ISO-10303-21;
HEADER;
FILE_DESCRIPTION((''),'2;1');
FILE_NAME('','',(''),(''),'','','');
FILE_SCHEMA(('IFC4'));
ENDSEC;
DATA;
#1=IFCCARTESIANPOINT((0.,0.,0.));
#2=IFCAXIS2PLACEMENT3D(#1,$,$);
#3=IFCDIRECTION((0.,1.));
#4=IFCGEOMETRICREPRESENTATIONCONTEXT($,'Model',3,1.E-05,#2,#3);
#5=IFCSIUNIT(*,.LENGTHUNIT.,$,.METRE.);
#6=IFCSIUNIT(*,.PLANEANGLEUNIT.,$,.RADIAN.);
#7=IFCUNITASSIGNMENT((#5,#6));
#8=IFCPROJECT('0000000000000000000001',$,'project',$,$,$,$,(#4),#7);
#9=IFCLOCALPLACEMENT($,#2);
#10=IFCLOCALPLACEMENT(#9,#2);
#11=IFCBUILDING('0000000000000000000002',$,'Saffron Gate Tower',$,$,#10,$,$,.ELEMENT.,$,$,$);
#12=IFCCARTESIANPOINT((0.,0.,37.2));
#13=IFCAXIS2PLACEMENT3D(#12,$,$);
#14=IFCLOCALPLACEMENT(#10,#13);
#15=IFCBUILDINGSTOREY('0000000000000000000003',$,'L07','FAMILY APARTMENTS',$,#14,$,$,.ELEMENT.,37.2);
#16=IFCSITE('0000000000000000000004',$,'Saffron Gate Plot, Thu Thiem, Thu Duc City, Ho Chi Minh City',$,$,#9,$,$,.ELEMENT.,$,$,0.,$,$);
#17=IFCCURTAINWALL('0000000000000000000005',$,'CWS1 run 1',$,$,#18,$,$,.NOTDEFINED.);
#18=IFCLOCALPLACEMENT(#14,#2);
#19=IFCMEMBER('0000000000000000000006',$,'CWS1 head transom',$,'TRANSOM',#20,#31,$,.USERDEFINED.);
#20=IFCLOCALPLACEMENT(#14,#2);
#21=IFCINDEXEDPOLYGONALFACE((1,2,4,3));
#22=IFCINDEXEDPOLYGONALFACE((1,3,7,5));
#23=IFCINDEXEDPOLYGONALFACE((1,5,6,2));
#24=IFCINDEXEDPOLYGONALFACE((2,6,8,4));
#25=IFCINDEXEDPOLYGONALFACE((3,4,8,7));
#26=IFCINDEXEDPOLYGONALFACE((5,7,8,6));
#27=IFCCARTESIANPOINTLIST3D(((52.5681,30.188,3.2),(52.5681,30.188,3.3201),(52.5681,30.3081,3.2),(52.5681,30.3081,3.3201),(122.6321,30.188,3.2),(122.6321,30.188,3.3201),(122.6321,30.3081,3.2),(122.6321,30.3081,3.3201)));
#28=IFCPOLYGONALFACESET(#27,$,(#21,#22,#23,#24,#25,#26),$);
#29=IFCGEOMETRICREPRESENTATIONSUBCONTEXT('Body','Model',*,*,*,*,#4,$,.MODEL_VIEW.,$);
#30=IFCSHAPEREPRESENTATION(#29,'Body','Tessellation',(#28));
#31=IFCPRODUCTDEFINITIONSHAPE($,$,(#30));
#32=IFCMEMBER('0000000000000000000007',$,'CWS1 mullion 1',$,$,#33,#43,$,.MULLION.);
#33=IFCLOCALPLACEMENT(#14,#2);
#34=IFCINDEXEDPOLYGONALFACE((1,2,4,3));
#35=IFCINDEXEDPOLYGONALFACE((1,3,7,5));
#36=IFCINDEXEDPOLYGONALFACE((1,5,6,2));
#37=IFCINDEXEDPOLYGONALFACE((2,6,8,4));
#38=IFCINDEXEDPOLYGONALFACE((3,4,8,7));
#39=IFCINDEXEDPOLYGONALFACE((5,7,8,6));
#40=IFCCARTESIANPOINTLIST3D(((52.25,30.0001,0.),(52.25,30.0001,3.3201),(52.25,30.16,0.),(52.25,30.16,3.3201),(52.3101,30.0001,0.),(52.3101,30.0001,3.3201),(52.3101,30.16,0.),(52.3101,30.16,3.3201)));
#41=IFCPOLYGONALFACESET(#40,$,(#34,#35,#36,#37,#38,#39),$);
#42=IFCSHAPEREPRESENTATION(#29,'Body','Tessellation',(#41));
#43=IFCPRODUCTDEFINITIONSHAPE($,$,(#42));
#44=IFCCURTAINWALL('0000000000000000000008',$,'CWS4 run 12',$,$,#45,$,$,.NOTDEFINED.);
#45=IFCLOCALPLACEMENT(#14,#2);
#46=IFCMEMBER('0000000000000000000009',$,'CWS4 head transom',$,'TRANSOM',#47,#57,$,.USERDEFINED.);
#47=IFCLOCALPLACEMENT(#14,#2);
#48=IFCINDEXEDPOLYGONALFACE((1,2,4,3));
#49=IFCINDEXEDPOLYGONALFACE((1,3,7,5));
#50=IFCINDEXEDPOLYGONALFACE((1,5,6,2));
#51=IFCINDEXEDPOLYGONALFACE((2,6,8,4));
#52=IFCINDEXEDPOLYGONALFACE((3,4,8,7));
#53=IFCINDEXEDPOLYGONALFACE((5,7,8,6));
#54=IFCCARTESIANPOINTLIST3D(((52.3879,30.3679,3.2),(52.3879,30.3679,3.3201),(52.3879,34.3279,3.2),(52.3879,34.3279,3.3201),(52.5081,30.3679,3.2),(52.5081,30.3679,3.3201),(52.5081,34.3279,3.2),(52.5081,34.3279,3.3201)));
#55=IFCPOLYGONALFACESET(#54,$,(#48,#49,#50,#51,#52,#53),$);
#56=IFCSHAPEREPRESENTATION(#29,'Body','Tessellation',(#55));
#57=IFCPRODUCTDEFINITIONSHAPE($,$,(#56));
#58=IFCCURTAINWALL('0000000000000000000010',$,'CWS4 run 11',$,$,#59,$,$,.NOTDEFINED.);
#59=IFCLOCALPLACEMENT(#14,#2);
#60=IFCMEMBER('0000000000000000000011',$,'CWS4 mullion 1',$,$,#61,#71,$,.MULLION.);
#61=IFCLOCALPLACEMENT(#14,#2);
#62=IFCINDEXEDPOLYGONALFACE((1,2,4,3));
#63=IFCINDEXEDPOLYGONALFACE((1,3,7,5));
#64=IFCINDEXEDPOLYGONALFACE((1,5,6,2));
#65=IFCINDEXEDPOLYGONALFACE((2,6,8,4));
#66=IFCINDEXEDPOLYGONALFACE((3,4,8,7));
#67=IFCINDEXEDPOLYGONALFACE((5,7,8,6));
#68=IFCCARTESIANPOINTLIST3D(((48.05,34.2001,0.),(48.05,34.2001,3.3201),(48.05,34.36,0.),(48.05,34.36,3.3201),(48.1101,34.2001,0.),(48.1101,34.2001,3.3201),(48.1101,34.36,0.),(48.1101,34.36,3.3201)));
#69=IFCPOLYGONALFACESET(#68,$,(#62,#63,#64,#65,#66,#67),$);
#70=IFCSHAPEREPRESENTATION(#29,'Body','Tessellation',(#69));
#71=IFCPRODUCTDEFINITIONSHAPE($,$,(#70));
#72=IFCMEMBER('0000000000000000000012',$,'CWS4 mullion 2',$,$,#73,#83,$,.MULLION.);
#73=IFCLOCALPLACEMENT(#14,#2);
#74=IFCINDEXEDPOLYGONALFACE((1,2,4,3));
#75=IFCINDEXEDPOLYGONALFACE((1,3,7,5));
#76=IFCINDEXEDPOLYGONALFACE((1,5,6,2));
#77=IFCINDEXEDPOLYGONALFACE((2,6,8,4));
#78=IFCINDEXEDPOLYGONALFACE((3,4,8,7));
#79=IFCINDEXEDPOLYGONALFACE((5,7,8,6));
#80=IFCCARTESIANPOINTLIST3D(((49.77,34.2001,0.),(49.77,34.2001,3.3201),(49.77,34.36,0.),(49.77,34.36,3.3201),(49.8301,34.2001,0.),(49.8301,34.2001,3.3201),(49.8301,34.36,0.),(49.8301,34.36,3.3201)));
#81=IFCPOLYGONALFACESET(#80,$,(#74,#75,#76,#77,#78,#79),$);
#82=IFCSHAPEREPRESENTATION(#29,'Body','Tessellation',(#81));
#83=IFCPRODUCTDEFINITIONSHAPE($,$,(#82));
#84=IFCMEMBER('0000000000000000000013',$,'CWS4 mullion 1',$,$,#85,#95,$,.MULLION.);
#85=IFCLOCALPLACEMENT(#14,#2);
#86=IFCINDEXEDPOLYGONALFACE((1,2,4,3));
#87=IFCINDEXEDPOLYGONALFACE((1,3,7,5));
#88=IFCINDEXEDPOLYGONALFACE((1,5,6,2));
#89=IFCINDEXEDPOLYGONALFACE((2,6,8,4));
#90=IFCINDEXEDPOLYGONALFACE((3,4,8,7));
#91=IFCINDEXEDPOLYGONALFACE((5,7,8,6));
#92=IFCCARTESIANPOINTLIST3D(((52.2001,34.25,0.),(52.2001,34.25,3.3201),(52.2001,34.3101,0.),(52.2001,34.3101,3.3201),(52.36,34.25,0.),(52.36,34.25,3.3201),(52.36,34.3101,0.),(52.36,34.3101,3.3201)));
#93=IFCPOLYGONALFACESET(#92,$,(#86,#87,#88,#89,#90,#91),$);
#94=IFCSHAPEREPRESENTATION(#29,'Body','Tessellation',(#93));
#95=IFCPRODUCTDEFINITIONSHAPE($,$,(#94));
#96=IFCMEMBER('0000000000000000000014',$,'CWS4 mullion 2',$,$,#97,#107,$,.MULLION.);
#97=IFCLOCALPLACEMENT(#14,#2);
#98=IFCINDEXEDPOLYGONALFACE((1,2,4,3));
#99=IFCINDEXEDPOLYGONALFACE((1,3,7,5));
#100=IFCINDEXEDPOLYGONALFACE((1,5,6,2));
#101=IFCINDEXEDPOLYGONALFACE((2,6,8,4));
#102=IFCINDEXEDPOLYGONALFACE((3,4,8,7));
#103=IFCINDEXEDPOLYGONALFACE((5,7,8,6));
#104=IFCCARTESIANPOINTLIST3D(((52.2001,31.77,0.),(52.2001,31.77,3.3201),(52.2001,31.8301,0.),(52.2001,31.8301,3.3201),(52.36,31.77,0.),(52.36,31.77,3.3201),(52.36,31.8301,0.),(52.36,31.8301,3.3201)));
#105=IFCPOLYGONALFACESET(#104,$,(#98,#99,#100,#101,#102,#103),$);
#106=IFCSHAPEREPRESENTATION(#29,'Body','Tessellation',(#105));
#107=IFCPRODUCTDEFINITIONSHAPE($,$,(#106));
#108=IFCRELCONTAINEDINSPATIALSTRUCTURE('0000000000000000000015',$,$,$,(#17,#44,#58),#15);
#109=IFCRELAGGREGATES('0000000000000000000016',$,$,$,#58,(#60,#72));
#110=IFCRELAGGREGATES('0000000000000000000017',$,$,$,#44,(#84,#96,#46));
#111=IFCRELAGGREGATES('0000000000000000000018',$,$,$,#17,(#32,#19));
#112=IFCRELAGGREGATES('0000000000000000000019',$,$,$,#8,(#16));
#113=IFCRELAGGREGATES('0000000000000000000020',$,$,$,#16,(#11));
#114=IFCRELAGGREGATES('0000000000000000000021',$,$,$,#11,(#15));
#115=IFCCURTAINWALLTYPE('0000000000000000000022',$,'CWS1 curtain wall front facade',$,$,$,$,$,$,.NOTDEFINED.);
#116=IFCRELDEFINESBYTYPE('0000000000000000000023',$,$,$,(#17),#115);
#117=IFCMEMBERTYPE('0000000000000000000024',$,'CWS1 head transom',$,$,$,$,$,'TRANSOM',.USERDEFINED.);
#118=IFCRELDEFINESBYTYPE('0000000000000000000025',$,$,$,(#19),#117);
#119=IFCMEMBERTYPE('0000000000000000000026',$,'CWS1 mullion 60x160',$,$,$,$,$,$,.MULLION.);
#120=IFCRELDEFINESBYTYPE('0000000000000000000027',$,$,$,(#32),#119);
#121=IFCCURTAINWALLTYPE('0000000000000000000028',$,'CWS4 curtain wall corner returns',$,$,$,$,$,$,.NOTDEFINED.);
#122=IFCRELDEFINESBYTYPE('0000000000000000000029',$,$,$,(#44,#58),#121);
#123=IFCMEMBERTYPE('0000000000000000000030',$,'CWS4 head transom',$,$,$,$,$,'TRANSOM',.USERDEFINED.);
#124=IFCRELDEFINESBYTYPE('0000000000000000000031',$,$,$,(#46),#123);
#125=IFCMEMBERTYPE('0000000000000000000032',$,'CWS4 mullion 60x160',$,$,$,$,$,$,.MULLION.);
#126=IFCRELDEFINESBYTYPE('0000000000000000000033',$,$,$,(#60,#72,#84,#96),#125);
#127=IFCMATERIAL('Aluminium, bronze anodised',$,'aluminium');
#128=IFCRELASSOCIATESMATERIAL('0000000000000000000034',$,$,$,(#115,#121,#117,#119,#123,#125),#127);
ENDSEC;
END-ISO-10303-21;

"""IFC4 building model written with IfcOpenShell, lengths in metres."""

from ifc_helpers import new_model, si_unit, direction, frame, origin, origin_2d, place, context, subcontext, project, spatial, rectangle, extrude, material, material_profile, profile_set, type_object, element, aggregate, save


model = new_model("IFC4")

# Units and contexts
model_context = context("Model", 3, precision=1e-05, world=origin(), true_north=direction((0.0, 1.0)))
body_context = subcontext(model_context, "Body", "Model", "MODEL_VIEW")
ifc_project = project(units=[si_unit("LENGTHUNIT", "METRE"), si_unit("PLANEANGLEUNIT", "RADIAN")], contexts=[model_context])

# Site, building, storey
site_placement = place(None, origin())
site = spatial("IfcSite", under=ifc_project, at=site_placement, Name="Saffron Gate Plot, Thu Thiem, Thu Duc City, Ho Chi Minh City", CompositionType="ELEMENT", RefElevation=0.0)
building_placement = place(site_placement, origin())
building = spatial("IfcBuilding", under=site, at=building_placement, Name="Saffron Gate Tower", CompositionType="ELEMENT")
storey_placement = place(building_placement, frame((0.0, 0.0, 37.2)))
storey = spatial("IfcBuildingStorey", under=building, at=storey_placement, Name="L07", Description="FAMILY APARTMENTS", CompositionType="ELEMENT", Elevation=37.2)

# Curtain wall, members
ifc_material_1 = material(Name="Aluminium, bronze anodised", Category="aluminium")
curtain_wall_type_1 = type_object("IfcCurtainWallType", Name="CWS1 curtain wall front facade", PredefinedType="NOTDEFINED", material=ifc_material_1)
curtain_wall_1_placement = place(storey_placement, origin())
curtain_wall_1 = element("IfcCurtainWall", 1, at=curtain_wall_1_placement, inside=storey, type_object=curtain_wall_type_1, Name="CWS1 run 1", PredefinedType="NOTDEFINED")
ifc_material_profile_1 = material_profile(ifc_material_1, rectangle(XDim=0.1201, YDim=0.1201, at=origin_2d()))
ifc_profile_set_1 = profile_set([ifc_material_profile_1], Name="Aluminium, bronze anodised")
member_type_1 = type_object("IfcMemberType", Name="CWS1 head transom", ElementType="TRANSOM", PredefinedType="USERDEFINED", material=ifc_profile_set_1)
member_1_placement = place(storey_placement, frame((52.5681, 30.248, 3.26), z_axis=(1.0, 0.0, 0.0), x_axis=(0.0, 1.0, 0.0)))
member_1 = element("IfcMember", 2, at=member_1_placement, type_object=member_type_1, Name="CWS1 head transom", ObjectType="TRANSOM", PredefinedType="USERDEFINED", context=body_context, shape_type="SweptSolid", body=[
    extrude(rectangle(XDim=0.1201, YDim=0.1201, at=origin_2d()), origin(), (0.0, 0.0, 1.0), 70.064),
])
ifc_material_profile_2 = material_profile(ifc_material_1, rectangle(XDim=0.1599, YDim=0.0601, at=origin_2d()))
ifc_profile_set_2 = profile_set([ifc_material_profile_2], Name="Aluminium, bronze anodised")
member_type_2 = type_object("IfcMemberType", Name="CWS1 mullion 60x160", PredefinedType="MULLION", material=ifc_profile_set_2)
member_2_placement = place(storey_placement, frame((52.28, 30.0801, 0.0), z_axis=(0.0, 0.0, 1.0), x_axis=(0.0, 1.0, 0.0)))
member_2 = element("IfcMember", 3, at=member_2_placement, type_object=member_type_2, Name="CWS1 mullion 1", PredefinedType="MULLION", context=body_context, shape_type="SweptSolid", body=[
    extrude(rectangle(XDim=0.1599, YDim=0.0601, at=origin_2d()), origin(), (0.0, 0.0, 1.0), 3.3201),
])

# Curtain wall, member
curtain_wall_type_2 = type_object("IfcCurtainWallType", Name="CWS4 curtain wall corner returns", PredefinedType="NOTDEFINED", material=ifc_material_1)
curtain_wall_2_placement = place(storey_placement, origin())
curtain_wall_2 = element("IfcCurtainWall", 4, at=curtain_wall_2_placement, inside=storey, type_object=curtain_wall_type_2, Name="CWS4 run 12", PredefinedType="NOTDEFINED")
ifc_material_profile_3 = material_profile(ifc_material_1, rectangle(XDim=0.1201, YDim=0.1201, at=origin_2d()))
ifc_profile_set_3 = profile_set([ifc_material_profile_3], Name="Aluminium, bronze anodised")
member_type_3 = type_object("IfcMemberType", Name="CWS4 head transom", ElementType="TRANSOM", PredefinedType="USERDEFINED", material=ifc_profile_set_3)
member_3_placement = place(storey_placement, frame((52.448, 34.3279, 3.26), z_axis=(0.0, -1.0, 0.0), x_axis=(1.0, 0.0, 0.0)))
member_3 = element("IfcMember", 5, at=member_3_placement, type_object=member_type_3, Name="CWS4 head transom", ObjectType="TRANSOM", PredefinedType="USERDEFINED", context=body_context, shape_type="SweptSolid", body=[
    extrude(rectangle(XDim=0.1201, YDim=0.1201, at=origin_2d()), origin(), (0.0, 0.0, 1.0), 3.96),
])

# Curtain wall, members
curtain_wall_3_placement = place(storey_placement, origin())
curtain_wall_3 = element("IfcCurtainWall", 6, at=curtain_wall_3_placement, inside=storey, type_object=curtain_wall_type_2, Name="CWS4 run 11", PredefinedType="NOTDEFINED")
ifc_material_profile_4 = material_profile(ifc_material_1, rectangle(XDim=0.1599, YDim=0.0601, at=origin_2d()))
ifc_profile_set_4 = profile_set([ifc_material_profile_4], Name="Aluminium, bronze anodised")
member_type_4 = type_object("IfcMemberType", Name="CWS4 mullion 60x160", PredefinedType="MULLION", material=ifc_profile_set_4)
member_4_placement = place(storey_placement, frame((48.0801, 34.28, 0.0), z_axis=(0.0, 0.0, 1.0), x_axis=(0.0, 1.0, 0.0)))
member_4 = element("IfcMember", 7, at=member_4_placement, type_object=member_type_4, Name="CWS4 mullion 1", PredefinedType="MULLION", context=body_context, shape_type="SweptSolid", body=[
    extrude(rectangle(XDim=0.1599, YDim=0.0601, at=origin_2d()), origin(), (0.0, 0.0, 1.0), 3.3201),
])
member_5_placement = place(storey_placement, frame((49.8, 34.28, 0.0), z_axis=(0.0, 0.0, 1.0), x_axis=(0.0, 1.0, 0.0)))
member_5 = element("IfcMember", 8, at=member_5_placement, type_object=member_type_4, Name="CWS4 mullion 2", PredefinedType="MULLION", context=body_context, shape_type="SweptSolid", body=[
    extrude(rectangle(XDim=0.1599, YDim=0.0601, at=origin_2d()), origin(), (0.0, 0.0, 1.0), 3.3201),
])
aggregate(curtain_wall_3, [member_4, member_5])

# Members
member_6_placement = place(storey_placement, frame((52.28, 34.28, 0.0), z_axis=(0.0, 0.0, 1.0), x_axis=(1.0, 0.0, 0.0)))
member_6 = element("IfcMember", 9, at=member_6_placement, type_object=member_type_4, Name="CWS4 mullion 1", PredefinedType="MULLION", context=body_context, shape_type="SweptSolid", body=[
    extrude(rectangle(XDim=0.1599, YDim=0.0601, at=origin_2d()), origin(), (0.0, 0.0, 1.0), 3.3201),
])
member_7_placement = place(storey_placement, frame((52.28, 31.8, 0.0), z_axis=(0.0, 0.0, 1.0), x_axis=(1.0, 0.0, 0.0)))
member_7 = element("IfcMember", 10, at=member_7_placement, type_object=member_type_4, Name="CWS4 mullion 2", PredefinedType="MULLION", context=body_context, shape_type="SweptSolid", body=[
    extrude(rectangle(XDim=0.1599, YDim=0.0601, at=origin_2d()), origin(), (0.0, 0.0, 1.0), 3.3201),
])
aggregate(curtain_wall_2, [member_6, member_7, member_3])

aggregate(curtain_wall_1, [member_2, member_1])

save(model, "model.ifc")
